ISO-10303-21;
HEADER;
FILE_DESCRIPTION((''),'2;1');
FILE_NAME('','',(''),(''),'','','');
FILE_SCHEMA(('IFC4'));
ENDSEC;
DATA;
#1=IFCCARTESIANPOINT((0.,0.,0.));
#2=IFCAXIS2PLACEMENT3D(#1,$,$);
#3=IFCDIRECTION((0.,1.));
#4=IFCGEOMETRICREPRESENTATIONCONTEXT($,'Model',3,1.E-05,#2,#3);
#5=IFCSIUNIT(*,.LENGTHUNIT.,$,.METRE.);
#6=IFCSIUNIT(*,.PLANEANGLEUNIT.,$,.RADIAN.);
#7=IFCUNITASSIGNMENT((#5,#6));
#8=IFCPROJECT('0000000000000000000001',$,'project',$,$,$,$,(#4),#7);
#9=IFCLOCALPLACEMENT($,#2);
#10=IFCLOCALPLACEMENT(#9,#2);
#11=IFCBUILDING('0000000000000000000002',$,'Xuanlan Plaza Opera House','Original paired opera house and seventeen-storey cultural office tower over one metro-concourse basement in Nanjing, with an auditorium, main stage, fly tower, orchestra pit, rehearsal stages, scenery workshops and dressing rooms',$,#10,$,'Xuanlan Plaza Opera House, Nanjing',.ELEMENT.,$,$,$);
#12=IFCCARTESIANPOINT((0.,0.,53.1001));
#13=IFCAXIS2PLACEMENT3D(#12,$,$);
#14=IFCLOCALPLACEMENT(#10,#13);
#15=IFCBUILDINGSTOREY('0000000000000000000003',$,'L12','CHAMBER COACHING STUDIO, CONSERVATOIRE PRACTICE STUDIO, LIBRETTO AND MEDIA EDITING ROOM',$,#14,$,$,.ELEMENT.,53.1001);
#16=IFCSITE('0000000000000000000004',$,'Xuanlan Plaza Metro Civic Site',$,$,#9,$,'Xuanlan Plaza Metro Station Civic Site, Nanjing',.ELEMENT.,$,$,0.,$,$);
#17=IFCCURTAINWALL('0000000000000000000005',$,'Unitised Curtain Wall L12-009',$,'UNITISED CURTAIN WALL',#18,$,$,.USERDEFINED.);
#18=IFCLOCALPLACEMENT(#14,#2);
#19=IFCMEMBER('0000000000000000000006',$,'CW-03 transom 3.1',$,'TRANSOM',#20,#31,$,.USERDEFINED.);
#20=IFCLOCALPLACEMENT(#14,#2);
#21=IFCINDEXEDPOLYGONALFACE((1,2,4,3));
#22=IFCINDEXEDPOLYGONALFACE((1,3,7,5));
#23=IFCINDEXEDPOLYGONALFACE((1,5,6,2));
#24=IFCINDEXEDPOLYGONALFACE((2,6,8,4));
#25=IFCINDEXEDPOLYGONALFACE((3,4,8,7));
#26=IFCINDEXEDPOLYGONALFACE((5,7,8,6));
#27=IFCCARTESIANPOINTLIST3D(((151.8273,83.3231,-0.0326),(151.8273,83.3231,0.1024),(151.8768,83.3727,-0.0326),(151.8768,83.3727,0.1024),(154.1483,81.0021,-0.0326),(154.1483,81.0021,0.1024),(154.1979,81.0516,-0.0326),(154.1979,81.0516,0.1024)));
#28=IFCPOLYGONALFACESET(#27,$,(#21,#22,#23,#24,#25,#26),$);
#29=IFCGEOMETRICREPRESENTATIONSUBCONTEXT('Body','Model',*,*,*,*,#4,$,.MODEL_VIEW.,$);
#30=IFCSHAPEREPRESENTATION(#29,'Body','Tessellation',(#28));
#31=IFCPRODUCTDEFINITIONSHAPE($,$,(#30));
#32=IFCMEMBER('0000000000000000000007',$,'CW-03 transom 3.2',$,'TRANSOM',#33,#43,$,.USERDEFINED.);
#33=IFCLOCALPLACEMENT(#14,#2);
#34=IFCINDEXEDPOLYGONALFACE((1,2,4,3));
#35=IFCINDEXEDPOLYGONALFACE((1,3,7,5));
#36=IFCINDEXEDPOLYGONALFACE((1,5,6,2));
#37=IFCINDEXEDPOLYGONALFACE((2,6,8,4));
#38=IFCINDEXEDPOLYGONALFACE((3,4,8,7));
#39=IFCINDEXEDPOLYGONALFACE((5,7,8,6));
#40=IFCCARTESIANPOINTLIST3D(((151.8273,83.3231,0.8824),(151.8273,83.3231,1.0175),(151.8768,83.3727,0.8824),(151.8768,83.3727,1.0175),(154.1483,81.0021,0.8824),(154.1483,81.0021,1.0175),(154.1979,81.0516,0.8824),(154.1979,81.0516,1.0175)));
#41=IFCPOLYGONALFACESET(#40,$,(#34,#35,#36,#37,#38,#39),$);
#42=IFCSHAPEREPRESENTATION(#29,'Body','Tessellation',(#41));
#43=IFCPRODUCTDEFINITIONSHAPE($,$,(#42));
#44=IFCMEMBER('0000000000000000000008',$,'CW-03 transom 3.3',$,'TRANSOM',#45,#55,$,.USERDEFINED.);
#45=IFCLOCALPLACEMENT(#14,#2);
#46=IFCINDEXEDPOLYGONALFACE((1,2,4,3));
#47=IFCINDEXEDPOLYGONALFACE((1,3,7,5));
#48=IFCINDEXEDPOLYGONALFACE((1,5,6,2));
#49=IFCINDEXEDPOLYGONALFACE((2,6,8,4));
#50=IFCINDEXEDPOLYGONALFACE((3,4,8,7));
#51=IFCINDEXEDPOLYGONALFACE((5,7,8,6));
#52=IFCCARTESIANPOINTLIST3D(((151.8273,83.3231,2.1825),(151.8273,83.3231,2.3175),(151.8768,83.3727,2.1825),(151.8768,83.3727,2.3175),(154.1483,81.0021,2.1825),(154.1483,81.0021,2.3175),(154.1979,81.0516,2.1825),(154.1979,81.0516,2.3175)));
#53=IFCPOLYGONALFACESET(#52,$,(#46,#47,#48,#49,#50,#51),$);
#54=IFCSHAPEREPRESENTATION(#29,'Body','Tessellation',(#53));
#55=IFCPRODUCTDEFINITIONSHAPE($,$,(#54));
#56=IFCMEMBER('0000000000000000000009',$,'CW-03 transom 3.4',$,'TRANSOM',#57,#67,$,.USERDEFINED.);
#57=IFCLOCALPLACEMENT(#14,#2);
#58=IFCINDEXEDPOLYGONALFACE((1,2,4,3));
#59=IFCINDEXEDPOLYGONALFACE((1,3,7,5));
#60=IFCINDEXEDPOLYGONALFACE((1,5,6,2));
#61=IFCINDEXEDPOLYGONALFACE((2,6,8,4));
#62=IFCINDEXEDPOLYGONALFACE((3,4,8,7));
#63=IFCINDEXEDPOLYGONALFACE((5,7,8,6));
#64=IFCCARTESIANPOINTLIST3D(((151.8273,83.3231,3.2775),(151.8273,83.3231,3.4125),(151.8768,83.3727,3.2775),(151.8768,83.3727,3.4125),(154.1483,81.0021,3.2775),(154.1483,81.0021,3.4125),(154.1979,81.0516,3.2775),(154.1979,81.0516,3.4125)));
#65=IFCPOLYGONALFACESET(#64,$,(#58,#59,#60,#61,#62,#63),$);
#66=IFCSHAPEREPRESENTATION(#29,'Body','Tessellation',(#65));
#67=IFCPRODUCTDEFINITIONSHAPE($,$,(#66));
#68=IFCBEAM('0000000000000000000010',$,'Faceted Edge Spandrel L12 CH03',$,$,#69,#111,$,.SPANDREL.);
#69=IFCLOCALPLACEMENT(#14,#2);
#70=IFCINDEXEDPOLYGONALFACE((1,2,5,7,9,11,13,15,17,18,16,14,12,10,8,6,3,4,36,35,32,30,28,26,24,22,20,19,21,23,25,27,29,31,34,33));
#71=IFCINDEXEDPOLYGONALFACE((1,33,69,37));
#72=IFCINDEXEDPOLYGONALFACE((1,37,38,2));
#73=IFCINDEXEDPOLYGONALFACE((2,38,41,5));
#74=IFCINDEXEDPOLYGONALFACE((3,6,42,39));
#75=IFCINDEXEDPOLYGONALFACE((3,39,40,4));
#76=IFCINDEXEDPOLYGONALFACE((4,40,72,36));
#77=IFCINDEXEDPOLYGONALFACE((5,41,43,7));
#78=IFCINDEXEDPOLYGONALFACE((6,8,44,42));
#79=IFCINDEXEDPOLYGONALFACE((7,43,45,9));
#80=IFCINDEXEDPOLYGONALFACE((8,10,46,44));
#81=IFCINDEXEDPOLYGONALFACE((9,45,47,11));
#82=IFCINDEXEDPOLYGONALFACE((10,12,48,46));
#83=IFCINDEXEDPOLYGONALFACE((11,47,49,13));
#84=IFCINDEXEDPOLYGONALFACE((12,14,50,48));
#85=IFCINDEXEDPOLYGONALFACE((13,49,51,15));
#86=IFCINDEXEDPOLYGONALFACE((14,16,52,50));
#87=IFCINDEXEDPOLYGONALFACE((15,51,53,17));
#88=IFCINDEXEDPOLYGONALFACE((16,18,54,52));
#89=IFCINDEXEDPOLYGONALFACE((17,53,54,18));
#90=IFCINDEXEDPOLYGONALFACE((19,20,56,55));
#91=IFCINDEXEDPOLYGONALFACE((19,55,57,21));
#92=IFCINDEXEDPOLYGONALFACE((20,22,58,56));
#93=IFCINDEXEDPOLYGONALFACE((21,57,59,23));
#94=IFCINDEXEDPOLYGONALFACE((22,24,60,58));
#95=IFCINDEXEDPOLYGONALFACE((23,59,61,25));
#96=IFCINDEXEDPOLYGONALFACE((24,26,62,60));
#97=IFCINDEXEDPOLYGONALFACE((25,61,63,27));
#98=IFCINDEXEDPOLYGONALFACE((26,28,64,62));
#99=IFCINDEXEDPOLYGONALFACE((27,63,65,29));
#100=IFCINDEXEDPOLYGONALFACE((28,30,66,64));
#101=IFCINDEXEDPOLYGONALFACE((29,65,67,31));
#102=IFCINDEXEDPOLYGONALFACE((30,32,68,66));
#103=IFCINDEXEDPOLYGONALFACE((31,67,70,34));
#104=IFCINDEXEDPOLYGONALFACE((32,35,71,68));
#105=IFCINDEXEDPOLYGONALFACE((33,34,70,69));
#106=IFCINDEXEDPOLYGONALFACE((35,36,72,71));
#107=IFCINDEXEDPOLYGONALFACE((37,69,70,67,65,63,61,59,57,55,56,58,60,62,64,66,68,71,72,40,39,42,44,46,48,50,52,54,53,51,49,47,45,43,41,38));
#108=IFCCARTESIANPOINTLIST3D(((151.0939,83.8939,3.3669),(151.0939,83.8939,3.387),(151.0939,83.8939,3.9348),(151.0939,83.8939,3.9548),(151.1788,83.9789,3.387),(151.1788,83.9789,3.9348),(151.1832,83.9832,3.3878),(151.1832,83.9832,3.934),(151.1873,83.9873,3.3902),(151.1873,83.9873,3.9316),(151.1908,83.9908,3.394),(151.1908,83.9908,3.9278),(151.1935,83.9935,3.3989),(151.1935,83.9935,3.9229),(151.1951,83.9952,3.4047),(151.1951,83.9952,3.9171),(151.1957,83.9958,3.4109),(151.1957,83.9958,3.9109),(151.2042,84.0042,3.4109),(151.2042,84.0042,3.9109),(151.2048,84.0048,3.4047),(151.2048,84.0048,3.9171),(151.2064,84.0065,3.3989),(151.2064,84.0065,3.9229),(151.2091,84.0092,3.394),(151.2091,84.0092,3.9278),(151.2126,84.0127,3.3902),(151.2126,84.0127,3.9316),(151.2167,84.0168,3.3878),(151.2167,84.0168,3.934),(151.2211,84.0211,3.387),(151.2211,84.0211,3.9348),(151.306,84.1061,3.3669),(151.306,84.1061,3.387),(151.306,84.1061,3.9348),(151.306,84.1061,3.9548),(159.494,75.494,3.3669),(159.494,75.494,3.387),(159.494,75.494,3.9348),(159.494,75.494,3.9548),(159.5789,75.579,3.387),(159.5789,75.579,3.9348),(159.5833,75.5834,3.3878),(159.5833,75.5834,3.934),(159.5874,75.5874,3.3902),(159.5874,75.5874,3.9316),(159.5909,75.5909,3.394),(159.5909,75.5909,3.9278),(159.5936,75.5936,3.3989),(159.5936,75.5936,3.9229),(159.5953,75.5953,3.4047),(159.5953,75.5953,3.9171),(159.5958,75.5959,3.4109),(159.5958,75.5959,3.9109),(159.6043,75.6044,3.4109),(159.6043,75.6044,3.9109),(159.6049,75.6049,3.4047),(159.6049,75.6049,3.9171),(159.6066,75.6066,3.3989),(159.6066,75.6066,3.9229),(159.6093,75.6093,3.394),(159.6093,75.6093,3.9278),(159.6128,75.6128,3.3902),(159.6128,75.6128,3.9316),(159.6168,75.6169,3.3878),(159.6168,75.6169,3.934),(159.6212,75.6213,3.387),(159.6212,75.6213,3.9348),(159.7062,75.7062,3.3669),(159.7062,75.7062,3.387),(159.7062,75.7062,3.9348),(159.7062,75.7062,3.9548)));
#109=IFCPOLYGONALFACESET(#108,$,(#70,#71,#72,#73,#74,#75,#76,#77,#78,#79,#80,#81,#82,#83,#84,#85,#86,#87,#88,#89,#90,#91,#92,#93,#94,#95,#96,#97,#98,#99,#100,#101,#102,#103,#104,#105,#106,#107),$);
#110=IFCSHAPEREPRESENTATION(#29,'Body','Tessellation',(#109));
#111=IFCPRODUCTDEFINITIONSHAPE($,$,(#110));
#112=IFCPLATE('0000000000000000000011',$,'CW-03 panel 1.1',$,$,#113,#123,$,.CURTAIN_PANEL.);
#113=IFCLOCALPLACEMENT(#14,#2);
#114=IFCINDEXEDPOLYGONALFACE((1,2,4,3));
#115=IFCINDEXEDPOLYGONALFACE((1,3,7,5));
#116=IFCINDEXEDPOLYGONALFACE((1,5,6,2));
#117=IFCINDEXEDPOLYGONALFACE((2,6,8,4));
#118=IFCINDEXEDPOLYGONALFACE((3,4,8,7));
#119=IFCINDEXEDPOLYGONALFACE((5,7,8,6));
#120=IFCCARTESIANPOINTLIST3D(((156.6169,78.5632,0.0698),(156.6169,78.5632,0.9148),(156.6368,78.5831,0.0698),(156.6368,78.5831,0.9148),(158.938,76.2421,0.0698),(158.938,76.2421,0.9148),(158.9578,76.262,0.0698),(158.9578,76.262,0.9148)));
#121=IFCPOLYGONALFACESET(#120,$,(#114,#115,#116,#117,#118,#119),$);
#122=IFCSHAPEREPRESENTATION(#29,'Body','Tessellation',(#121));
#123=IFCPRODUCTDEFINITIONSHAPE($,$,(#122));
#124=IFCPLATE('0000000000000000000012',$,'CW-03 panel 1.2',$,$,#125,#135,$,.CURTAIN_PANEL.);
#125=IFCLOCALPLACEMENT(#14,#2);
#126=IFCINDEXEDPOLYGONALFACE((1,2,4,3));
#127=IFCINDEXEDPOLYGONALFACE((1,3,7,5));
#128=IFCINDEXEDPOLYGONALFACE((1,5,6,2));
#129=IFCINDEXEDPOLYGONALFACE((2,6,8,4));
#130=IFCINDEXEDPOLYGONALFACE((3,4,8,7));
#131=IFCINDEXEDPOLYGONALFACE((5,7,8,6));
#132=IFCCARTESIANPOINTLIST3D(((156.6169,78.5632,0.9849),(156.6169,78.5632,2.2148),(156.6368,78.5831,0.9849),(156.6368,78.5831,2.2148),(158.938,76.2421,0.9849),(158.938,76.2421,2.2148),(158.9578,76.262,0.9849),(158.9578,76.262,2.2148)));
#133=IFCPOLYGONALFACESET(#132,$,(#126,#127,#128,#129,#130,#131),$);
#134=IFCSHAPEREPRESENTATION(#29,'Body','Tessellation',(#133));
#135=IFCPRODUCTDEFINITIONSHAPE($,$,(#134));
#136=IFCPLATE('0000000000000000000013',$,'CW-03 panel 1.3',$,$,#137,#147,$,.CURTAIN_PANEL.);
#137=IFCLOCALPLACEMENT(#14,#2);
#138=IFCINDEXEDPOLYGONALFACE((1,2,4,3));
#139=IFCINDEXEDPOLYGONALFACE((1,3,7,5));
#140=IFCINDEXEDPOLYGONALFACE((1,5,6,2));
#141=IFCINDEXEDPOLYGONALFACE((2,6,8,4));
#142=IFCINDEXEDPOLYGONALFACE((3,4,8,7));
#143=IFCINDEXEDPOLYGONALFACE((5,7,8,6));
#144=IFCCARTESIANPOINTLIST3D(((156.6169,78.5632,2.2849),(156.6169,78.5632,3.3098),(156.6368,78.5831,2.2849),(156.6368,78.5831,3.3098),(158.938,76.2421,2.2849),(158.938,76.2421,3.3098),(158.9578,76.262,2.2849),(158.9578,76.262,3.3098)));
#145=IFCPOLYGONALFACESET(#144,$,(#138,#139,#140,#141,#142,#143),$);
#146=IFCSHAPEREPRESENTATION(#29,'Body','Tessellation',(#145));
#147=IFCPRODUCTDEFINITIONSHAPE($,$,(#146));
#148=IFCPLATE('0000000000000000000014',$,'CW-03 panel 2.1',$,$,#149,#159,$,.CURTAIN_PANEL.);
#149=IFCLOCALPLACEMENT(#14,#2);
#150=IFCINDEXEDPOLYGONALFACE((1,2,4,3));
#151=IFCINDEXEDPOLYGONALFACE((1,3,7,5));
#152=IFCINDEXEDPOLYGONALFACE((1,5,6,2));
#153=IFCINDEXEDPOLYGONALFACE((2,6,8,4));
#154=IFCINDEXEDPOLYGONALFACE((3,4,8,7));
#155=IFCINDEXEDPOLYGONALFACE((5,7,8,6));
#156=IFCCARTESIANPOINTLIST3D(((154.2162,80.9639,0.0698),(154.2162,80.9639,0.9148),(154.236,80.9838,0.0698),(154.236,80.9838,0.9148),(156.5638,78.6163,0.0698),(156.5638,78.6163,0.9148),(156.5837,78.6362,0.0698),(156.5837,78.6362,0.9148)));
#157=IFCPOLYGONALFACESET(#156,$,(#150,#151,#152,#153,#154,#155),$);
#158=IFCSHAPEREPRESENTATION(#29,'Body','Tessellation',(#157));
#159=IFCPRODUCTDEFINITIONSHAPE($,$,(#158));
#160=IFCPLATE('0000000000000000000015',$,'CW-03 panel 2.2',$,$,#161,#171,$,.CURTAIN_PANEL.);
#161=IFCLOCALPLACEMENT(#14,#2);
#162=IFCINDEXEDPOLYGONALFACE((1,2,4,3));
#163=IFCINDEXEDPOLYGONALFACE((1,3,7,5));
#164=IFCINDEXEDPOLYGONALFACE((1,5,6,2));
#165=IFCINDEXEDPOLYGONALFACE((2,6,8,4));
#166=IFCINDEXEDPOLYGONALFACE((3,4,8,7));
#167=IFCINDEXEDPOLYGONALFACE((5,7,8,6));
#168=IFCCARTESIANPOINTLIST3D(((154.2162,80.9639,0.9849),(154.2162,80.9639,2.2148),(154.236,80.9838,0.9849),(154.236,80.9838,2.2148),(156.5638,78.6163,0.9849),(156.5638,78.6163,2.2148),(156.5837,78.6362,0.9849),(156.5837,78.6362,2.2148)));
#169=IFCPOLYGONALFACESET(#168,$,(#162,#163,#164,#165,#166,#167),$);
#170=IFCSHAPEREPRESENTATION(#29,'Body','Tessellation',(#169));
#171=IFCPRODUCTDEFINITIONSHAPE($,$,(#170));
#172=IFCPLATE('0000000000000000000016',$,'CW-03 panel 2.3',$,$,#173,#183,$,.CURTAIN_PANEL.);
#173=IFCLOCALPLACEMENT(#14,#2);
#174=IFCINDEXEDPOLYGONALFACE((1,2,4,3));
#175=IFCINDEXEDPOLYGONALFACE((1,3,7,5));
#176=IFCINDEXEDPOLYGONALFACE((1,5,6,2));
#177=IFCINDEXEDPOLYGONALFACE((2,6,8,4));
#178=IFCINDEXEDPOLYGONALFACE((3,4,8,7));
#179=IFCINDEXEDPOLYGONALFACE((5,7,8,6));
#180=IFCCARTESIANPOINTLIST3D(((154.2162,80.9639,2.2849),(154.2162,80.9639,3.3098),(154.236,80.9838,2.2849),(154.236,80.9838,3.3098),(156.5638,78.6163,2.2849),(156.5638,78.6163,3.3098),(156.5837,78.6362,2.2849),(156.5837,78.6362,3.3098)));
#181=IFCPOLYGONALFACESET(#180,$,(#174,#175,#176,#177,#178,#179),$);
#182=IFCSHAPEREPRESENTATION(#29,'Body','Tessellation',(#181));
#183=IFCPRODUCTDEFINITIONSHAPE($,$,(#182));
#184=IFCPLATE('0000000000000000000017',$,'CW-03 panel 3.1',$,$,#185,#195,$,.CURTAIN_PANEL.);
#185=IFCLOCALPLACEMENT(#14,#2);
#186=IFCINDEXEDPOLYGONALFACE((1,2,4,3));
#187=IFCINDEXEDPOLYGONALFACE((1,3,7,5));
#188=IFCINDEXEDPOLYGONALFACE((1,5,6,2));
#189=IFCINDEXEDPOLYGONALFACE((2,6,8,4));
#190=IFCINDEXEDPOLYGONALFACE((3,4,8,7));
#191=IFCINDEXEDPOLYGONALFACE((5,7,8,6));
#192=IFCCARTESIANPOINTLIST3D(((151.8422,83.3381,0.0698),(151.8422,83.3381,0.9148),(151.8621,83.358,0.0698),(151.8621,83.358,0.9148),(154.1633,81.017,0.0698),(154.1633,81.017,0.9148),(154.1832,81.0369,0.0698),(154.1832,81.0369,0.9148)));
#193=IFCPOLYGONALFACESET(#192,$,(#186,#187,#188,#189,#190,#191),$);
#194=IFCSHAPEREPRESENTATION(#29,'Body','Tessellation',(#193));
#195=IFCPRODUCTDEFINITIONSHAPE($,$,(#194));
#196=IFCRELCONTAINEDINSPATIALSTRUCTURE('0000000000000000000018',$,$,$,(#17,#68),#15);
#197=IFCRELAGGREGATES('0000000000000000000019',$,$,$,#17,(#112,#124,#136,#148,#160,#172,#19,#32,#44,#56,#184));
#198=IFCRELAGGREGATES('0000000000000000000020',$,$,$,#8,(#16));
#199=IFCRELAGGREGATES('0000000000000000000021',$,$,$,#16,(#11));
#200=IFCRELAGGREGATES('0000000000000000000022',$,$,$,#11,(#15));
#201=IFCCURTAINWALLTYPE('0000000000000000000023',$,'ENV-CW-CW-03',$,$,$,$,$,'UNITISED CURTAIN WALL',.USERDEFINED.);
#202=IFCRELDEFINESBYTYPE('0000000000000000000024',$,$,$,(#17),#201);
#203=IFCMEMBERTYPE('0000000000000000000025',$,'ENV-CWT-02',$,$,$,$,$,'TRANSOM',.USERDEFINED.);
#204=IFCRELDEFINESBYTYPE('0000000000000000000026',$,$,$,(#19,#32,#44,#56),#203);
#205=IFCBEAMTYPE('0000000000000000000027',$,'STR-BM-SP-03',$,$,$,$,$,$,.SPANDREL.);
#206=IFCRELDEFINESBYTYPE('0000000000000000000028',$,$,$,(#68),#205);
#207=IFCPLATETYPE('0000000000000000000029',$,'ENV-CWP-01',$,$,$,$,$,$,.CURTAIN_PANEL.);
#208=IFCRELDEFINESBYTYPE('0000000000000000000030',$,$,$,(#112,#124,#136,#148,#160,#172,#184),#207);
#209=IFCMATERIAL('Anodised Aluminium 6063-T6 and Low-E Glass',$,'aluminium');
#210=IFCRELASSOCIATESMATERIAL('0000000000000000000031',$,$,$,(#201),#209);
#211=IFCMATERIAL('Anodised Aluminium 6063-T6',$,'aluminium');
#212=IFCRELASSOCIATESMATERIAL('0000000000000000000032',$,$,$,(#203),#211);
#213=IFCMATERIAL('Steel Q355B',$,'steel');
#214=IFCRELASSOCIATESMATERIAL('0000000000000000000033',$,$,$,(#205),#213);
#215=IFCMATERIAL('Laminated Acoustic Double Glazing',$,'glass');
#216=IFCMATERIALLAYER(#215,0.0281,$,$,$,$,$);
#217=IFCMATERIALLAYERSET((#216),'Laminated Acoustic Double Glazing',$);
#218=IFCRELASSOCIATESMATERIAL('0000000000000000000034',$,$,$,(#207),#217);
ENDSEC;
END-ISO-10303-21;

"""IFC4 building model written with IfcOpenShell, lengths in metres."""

from ifc_helpers import new_model, si_unit, direction, frame, origin, origin_2d, place, context, subcontext, project, spatial, rectangle, i_section, extrude, material, layer, layer_set, material_profile, profile_set, type_object, element, aggregate, save


model = new_model("IFC4")

# Units and contexts
model_context = context("Model", 3, precision=1e-05, world=origin(), true_north=direction((0.0, 1.0)))
body_context = subcontext(model_context, "Body", "Model", "MODEL_VIEW")
ifc_project = project(units=[si_unit("LENGTHUNIT", "METRE"), si_unit("PLANEANGLEUNIT", "RADIAN")], contexts=[model_context])

# Site, building, storey
site_placement = place(None, origin())
site = spatial("IfcSite", under=ifc_project, at=site_placement, Name="Xuanlan Plaza Metro Civic Site", LongName="Xuanlan Plaza Metro Station Civic Site, Nanjing", CompositionType="ELEMENT", RefElevation=0.0)
building_placement = place(site_placement, origin())
building = spatial("IfcBuilding", under=site, at=building_placement, Name="Xuanlan Plaza Opera House", Description="Original paired opera house and seventeen-storey cultural office tower over one metro-concourse basement in Nanjing, with an auditorium, main stage, fly tower, orchestra pit, rehearsal stages, scenery workshops and dressing rooms", LongName="Xuanlan Plaza Opera House, Nanjing", CompositionType="ELEMENT")
storey_placement = place(building_placement, frame((0.0, 0.0, 53.1001)))
storey = spatial("IfcBuildingStorey", under=building, at=storey_placement, Name="L12", Description="CHAMBER COACHING STUDIO, CONSERVATOIRE PRACTICE STUDIO, LIBRETTO AND MEDIA EDITING ROOM", CompositionType="ELEMENT", Elevation=53.1001)

# Shared definitions
ifc_material_1 = material(Name="Anodised Aluminium 6063-T6 and Low-E Glass", Category="aluminium")
ifc_material_2 = material(Name="Anodised Aluminium 6063-T6", Category="aluminium")

# Curtain wall, members
curtain_wall_type_1 = type_object("IfcCurtainWallType", Name="ENV-CW-CW-03", ElementType="UNITISED CURTAIN WALL", PredefinedType="USERDEFINED", material=ifc_material_1)
curtain_wall_1_placement = place(storey_placement, origin())
curtain_wall_1 = element("IfcCurtainWall", 1, at=curtain_wall_1_placement, inside=storey, type_object=curtain_wall_type_1, Name="Unitised Curtain Wall L12-009", ObjectType="UNITISED CURTAIN WALL", PredefinedType="USERDEFINED")
ifc_material_profile_1 = material_profile(ifc_material_2, rectangle(XDim=0.0701, YDim=0.135, at=origin_2d()), Name="ALU-T 70x135")
ifc_profile_set_1 = profile_set([ifc_material_profile_1], Name="Anodised Aluminium 6063-T6")
member_type_1 = type_object("IfcMemberType", Name="ENV-CWT-02", ElementType="TRANSOM", PredefinedType="USERDEFINED", material=ifc_profile_set_1)
member_1_placement = place(storey_placement, frame((154.1731, 81.0269, 0.0349), z_axis=(-0.707107, 0.707107, 0.0), x_axis=(-0.707107, -0.707107, 0.0)))
member_1 = element("IfcMember", 2, at=member_1_placement, type_object=member_type_1, Name="CW-03 transom 3.1", ObjectType="TRANSOM", PredefinedType="USERDEFINED", context=body_context, shape_type="SweptSolid", body=[
    extrude(rectangle(XDim=0.0701, YDim=0.135, at=origin_2d()), origin(), (0.0, 0.0, 1.0), 3.2825),
])
member_2_placement = place(storey_placement, frame((154.1731, 81.0269, 0.95), z_axis=(-0.707107, 0.707107, 0.0), x_axis=(-0.707107, -0.707107, 0.0)))
member_2 = element("IfcMember", 3, at=member_2_placement, type_object=member_type_1, Name="CW-03 transom 3.2", ObjectType="TRANSOM", PredefinedType="USERDEFINED", context=body_context, shape_type="SweptSolid", body=[
    extrude(rectangle(XDim=0.0701, YDim=0.135, at=origin_2d()), origin(), (0.0, 0.0, 1.0), 3.2825),
])
member_3_placement = place(storey_placement, frame((154.1731, 81.0269, 2.25), z_axis=(-0.707107, 0.707107, 0.0), x_axis=(-0.707107, -0.707107, 0.0)))
member_3 = element("IfcMember", 4, at=member_3_placement, type_object=member_type_1, Name="CW-03 transom 3.3", ObjectType="TRANSOM", PredefinedType="USERDEFINED", context=body_context, shape_type="SweptSolid", body=[
    extrude(rectangle(XDim=0.0701, YDim=0.135, at=origin_2d()), origin(), (0.0, 0.0, 1.0), 3.2825),
])
member_4_placement = place(storey_placement, frame((154.1731, 81.0269, 3.345), z_axis=(-0.707107, 0.707107, 0.0), x_axis=(-0.707107, -0.707107, 0.0)))
member_4 = element("IfcMember", 5, at=member_4_placement, type_object=member_type_1, Name="CW-03 transom 3.4", ObjectType="TRANSOM", PredefinedType="USERDEFINED", context=body_context, shape_type="SweptSolid", body=[
    extrude(rectangle(XDim=0.0701, YDim=0.135, at=origin_2d()), origin(), (0.0, 0.0, 1.0), 3.2825),
])

# Beam
ifc_material_3 = material(Name="Steel Q355B", Category="steel")
ifc_material_profile_2 = material_profile(ifc_material_3, i_section(OverallWidth=0.3, OverallDepth=0.5879, WebThickness=0.012, FlangeThickness=0.02, FilletRadius=0.0239, at=origin_2d()), Name="HM 588x300x12x20")
ifc_profile_set_2 = profile_set([ifc_material_profile_2], Name="Steel Q355B")
beam_type = type_object("IfcBeamType", Name="STR-BM-SP-03", PredefinedType="SPANDREL", material=ifc_profile_set_2)
beam_placement = place(storey_placement, frame((151.2, 84.0, 3.6609), z_axis=(0.707117, -0.707097, 0.0), x_axis=(0.707097, 0.707117, 0.0)))
element("IfcBeam", 6, at=beam_placement, inside=storey, type_object=beam_type, Name="Faceted Edge Spandrel L12 CH03", PredefinedType="SPANDREL", context=body_context, shape_type="SweptSolid", body=[
    extrude(i_section(OverallWidth=0.3, OverallDepth=0.5879, WebThickness=0.012, FlangeThickness=0.02, FilletRadius=0.0239, at=origin_2d()), origin(), (0.0, 0.0, 1.0), 11.8794),
])

# Plates
ifc_material_4 = material(Name="Laminated Acoustic Double Glazing", Category="glass")
ifc_layer_1 = layer(ifc_material_4, 0.0281)
ifc_layer_set_1 = layer_set([ifc_layer_1], Name="Laminated Acoustic Double Glazing")
plate_type_1 = type_object("IfcPlateType", Name="ENV-CWP-01", PredefinedType="CURTAIN_PANEL", material=ifc_layer_set_1)
plate_1_placement = place(storey_placement, frame((157.7874, 77.4126, 0.0698), z_axis=(0.0, 0.0, 1.0), x_axis=(-0.707107, 0.707107, 0.0)))
plate_1 = element("IfcPlate", 7, at=plate_1_placement, type_object=plate_type_1, Name="CW-03 panel 1.1", PredefinedType="CURTAIN_PANEL", context=body_context, shape_type="SweptSolid", body=[
    extrude(rectangle(XDim=3.2825, YDim=0.0281, at=origin_2d()), origin(), (0.0, 0.0, 1.0), 0.845),
])
plate_2_placement = place(storey_placement, frame((157.7874, 77.4126, 0.9849), z_axis=(0.0, 0.0, 1.0), x_axis=(-0.707107, 0.707107, 0.0)))
plate_2 = element("IfcPlate", 8, at=plate_2_placement, type_object=plate_type_1, Name="CW-03 panel 1.2", PredefinedType="CURTAIN_PANEL", context=body_context, shape_type="SweptSolid", body=[
    extrude(rectangle(XDim=3.2825, YDim=0.0281, at=origin_2d()), origin(), (0.0, 0.0, 1.0), 1.23),
])
plate_3_placement = place(storey_placement, frame((157.7874, 77.4126, 2.2849), z_axis=(0.0, 0.0, 1.0), x_axis=(-0.707107, 0.707107, 0.0)))
plate_3 = element("IfcPlate", 9, at=plate_3_placement, type_object=plate_type_1, Name="CW-03 panel 1.3", PredefinedType="CURTAIN_PANEL", context=body_context, shape_type="SweptSolid", body=[
    extrude(rectangle(XDim=3.2825, YDim=0.0281, at=origin_2d()), origin(), (0.0, 0.0, 1.0), 1.0249),
])
plate_4_placement = place(storey_placement, frame((155.3999, 79.8, 0.0698), z_axis=(0.0, 0.0, 1.0), x_axis=(-0.707107, 0.707107, 0.0)))
plate_4 = element("IfcPlate", 10, at=plate_4_placement, type_object=plate_type_1, Name="CW-03 panel 2.1", PredefinedType="CURTAIN_PANEL", context=body_context, shape_type="SweptSolid", body=[
    extrude(rectangle(XDim=3.3201, YDim=0.0281, at=origin_2d()), origin(), (0.0, 0.0, 1.0), 0.845),
])
plate_5_placement = place(storey_placement, frame((155.3999, 79.8, 0.9849), z_axis=(0.0, 0.0, 1.0), x_axis=(-0.707107, 0.707107, 0.0)))
plate_5 = element("IfcPlate", 11, at=plate_5_placement, type_object=plate_type_1, Name="CW-03 panel 2.2", PredefinedType="CURTAIN_PANEL", context=body_context, shape_type="SweptSolid", body=[
    extrude(rectangle(XDim=3.3201, YDim=0.0281, at=origin_2d()), origin(), (0.0, 0.0, 1.0), 1.23),
])
plate_6_placement = place(storey_placement, frame((155.3999, 79.8, 2.2849), z_axis=(0.0, 0.0, 1.0), x_axis=(-0.707107, 0.707107, 0.0)))
plate_6 = element("IfcPlate", 12, at=plate_6_placement, type_object=plate_type_1, Name="CW-03 panel 2.3", PredefinedType="CURTAIN_PANEL", context=body_context, shape_type="SweptSolid", body=[
    extrude(rectangle(XDim=3.3201, YDim=0.0281, at=origin_2d()), origin(), (0.0, 0.0, 1.0), 1.0249),
])
plate_7_placement = place(storey_placement, frame((153.0127, 82.1875, 0.0698), z_axis=(0.0, 0.0, 1.0), x_axis=(-0.707107, 0.707107, 0.0)))
plate_7 = element("IfcPlate", 13, at=plate_7_placement, type_object=plate_type_1, Name="CW-03 panel 3.1", PredefinedType="CURTAIN_PANEL", context=body_context, shape_type="SweptSolid", body=[
    extrude(rectangle(XDim=3.2825, YDim=0.0281, at=origin_2d()), origin(), (0.0, 0.0, 1.0), 0.845),
])
aggregate(curtain_wall_1, [plate_1, plate_2, plate_3, plate_4, plate_5, plate_6, member_1, member_2, member_3, member_4, plate_7])

save(model, "model.ifc")
